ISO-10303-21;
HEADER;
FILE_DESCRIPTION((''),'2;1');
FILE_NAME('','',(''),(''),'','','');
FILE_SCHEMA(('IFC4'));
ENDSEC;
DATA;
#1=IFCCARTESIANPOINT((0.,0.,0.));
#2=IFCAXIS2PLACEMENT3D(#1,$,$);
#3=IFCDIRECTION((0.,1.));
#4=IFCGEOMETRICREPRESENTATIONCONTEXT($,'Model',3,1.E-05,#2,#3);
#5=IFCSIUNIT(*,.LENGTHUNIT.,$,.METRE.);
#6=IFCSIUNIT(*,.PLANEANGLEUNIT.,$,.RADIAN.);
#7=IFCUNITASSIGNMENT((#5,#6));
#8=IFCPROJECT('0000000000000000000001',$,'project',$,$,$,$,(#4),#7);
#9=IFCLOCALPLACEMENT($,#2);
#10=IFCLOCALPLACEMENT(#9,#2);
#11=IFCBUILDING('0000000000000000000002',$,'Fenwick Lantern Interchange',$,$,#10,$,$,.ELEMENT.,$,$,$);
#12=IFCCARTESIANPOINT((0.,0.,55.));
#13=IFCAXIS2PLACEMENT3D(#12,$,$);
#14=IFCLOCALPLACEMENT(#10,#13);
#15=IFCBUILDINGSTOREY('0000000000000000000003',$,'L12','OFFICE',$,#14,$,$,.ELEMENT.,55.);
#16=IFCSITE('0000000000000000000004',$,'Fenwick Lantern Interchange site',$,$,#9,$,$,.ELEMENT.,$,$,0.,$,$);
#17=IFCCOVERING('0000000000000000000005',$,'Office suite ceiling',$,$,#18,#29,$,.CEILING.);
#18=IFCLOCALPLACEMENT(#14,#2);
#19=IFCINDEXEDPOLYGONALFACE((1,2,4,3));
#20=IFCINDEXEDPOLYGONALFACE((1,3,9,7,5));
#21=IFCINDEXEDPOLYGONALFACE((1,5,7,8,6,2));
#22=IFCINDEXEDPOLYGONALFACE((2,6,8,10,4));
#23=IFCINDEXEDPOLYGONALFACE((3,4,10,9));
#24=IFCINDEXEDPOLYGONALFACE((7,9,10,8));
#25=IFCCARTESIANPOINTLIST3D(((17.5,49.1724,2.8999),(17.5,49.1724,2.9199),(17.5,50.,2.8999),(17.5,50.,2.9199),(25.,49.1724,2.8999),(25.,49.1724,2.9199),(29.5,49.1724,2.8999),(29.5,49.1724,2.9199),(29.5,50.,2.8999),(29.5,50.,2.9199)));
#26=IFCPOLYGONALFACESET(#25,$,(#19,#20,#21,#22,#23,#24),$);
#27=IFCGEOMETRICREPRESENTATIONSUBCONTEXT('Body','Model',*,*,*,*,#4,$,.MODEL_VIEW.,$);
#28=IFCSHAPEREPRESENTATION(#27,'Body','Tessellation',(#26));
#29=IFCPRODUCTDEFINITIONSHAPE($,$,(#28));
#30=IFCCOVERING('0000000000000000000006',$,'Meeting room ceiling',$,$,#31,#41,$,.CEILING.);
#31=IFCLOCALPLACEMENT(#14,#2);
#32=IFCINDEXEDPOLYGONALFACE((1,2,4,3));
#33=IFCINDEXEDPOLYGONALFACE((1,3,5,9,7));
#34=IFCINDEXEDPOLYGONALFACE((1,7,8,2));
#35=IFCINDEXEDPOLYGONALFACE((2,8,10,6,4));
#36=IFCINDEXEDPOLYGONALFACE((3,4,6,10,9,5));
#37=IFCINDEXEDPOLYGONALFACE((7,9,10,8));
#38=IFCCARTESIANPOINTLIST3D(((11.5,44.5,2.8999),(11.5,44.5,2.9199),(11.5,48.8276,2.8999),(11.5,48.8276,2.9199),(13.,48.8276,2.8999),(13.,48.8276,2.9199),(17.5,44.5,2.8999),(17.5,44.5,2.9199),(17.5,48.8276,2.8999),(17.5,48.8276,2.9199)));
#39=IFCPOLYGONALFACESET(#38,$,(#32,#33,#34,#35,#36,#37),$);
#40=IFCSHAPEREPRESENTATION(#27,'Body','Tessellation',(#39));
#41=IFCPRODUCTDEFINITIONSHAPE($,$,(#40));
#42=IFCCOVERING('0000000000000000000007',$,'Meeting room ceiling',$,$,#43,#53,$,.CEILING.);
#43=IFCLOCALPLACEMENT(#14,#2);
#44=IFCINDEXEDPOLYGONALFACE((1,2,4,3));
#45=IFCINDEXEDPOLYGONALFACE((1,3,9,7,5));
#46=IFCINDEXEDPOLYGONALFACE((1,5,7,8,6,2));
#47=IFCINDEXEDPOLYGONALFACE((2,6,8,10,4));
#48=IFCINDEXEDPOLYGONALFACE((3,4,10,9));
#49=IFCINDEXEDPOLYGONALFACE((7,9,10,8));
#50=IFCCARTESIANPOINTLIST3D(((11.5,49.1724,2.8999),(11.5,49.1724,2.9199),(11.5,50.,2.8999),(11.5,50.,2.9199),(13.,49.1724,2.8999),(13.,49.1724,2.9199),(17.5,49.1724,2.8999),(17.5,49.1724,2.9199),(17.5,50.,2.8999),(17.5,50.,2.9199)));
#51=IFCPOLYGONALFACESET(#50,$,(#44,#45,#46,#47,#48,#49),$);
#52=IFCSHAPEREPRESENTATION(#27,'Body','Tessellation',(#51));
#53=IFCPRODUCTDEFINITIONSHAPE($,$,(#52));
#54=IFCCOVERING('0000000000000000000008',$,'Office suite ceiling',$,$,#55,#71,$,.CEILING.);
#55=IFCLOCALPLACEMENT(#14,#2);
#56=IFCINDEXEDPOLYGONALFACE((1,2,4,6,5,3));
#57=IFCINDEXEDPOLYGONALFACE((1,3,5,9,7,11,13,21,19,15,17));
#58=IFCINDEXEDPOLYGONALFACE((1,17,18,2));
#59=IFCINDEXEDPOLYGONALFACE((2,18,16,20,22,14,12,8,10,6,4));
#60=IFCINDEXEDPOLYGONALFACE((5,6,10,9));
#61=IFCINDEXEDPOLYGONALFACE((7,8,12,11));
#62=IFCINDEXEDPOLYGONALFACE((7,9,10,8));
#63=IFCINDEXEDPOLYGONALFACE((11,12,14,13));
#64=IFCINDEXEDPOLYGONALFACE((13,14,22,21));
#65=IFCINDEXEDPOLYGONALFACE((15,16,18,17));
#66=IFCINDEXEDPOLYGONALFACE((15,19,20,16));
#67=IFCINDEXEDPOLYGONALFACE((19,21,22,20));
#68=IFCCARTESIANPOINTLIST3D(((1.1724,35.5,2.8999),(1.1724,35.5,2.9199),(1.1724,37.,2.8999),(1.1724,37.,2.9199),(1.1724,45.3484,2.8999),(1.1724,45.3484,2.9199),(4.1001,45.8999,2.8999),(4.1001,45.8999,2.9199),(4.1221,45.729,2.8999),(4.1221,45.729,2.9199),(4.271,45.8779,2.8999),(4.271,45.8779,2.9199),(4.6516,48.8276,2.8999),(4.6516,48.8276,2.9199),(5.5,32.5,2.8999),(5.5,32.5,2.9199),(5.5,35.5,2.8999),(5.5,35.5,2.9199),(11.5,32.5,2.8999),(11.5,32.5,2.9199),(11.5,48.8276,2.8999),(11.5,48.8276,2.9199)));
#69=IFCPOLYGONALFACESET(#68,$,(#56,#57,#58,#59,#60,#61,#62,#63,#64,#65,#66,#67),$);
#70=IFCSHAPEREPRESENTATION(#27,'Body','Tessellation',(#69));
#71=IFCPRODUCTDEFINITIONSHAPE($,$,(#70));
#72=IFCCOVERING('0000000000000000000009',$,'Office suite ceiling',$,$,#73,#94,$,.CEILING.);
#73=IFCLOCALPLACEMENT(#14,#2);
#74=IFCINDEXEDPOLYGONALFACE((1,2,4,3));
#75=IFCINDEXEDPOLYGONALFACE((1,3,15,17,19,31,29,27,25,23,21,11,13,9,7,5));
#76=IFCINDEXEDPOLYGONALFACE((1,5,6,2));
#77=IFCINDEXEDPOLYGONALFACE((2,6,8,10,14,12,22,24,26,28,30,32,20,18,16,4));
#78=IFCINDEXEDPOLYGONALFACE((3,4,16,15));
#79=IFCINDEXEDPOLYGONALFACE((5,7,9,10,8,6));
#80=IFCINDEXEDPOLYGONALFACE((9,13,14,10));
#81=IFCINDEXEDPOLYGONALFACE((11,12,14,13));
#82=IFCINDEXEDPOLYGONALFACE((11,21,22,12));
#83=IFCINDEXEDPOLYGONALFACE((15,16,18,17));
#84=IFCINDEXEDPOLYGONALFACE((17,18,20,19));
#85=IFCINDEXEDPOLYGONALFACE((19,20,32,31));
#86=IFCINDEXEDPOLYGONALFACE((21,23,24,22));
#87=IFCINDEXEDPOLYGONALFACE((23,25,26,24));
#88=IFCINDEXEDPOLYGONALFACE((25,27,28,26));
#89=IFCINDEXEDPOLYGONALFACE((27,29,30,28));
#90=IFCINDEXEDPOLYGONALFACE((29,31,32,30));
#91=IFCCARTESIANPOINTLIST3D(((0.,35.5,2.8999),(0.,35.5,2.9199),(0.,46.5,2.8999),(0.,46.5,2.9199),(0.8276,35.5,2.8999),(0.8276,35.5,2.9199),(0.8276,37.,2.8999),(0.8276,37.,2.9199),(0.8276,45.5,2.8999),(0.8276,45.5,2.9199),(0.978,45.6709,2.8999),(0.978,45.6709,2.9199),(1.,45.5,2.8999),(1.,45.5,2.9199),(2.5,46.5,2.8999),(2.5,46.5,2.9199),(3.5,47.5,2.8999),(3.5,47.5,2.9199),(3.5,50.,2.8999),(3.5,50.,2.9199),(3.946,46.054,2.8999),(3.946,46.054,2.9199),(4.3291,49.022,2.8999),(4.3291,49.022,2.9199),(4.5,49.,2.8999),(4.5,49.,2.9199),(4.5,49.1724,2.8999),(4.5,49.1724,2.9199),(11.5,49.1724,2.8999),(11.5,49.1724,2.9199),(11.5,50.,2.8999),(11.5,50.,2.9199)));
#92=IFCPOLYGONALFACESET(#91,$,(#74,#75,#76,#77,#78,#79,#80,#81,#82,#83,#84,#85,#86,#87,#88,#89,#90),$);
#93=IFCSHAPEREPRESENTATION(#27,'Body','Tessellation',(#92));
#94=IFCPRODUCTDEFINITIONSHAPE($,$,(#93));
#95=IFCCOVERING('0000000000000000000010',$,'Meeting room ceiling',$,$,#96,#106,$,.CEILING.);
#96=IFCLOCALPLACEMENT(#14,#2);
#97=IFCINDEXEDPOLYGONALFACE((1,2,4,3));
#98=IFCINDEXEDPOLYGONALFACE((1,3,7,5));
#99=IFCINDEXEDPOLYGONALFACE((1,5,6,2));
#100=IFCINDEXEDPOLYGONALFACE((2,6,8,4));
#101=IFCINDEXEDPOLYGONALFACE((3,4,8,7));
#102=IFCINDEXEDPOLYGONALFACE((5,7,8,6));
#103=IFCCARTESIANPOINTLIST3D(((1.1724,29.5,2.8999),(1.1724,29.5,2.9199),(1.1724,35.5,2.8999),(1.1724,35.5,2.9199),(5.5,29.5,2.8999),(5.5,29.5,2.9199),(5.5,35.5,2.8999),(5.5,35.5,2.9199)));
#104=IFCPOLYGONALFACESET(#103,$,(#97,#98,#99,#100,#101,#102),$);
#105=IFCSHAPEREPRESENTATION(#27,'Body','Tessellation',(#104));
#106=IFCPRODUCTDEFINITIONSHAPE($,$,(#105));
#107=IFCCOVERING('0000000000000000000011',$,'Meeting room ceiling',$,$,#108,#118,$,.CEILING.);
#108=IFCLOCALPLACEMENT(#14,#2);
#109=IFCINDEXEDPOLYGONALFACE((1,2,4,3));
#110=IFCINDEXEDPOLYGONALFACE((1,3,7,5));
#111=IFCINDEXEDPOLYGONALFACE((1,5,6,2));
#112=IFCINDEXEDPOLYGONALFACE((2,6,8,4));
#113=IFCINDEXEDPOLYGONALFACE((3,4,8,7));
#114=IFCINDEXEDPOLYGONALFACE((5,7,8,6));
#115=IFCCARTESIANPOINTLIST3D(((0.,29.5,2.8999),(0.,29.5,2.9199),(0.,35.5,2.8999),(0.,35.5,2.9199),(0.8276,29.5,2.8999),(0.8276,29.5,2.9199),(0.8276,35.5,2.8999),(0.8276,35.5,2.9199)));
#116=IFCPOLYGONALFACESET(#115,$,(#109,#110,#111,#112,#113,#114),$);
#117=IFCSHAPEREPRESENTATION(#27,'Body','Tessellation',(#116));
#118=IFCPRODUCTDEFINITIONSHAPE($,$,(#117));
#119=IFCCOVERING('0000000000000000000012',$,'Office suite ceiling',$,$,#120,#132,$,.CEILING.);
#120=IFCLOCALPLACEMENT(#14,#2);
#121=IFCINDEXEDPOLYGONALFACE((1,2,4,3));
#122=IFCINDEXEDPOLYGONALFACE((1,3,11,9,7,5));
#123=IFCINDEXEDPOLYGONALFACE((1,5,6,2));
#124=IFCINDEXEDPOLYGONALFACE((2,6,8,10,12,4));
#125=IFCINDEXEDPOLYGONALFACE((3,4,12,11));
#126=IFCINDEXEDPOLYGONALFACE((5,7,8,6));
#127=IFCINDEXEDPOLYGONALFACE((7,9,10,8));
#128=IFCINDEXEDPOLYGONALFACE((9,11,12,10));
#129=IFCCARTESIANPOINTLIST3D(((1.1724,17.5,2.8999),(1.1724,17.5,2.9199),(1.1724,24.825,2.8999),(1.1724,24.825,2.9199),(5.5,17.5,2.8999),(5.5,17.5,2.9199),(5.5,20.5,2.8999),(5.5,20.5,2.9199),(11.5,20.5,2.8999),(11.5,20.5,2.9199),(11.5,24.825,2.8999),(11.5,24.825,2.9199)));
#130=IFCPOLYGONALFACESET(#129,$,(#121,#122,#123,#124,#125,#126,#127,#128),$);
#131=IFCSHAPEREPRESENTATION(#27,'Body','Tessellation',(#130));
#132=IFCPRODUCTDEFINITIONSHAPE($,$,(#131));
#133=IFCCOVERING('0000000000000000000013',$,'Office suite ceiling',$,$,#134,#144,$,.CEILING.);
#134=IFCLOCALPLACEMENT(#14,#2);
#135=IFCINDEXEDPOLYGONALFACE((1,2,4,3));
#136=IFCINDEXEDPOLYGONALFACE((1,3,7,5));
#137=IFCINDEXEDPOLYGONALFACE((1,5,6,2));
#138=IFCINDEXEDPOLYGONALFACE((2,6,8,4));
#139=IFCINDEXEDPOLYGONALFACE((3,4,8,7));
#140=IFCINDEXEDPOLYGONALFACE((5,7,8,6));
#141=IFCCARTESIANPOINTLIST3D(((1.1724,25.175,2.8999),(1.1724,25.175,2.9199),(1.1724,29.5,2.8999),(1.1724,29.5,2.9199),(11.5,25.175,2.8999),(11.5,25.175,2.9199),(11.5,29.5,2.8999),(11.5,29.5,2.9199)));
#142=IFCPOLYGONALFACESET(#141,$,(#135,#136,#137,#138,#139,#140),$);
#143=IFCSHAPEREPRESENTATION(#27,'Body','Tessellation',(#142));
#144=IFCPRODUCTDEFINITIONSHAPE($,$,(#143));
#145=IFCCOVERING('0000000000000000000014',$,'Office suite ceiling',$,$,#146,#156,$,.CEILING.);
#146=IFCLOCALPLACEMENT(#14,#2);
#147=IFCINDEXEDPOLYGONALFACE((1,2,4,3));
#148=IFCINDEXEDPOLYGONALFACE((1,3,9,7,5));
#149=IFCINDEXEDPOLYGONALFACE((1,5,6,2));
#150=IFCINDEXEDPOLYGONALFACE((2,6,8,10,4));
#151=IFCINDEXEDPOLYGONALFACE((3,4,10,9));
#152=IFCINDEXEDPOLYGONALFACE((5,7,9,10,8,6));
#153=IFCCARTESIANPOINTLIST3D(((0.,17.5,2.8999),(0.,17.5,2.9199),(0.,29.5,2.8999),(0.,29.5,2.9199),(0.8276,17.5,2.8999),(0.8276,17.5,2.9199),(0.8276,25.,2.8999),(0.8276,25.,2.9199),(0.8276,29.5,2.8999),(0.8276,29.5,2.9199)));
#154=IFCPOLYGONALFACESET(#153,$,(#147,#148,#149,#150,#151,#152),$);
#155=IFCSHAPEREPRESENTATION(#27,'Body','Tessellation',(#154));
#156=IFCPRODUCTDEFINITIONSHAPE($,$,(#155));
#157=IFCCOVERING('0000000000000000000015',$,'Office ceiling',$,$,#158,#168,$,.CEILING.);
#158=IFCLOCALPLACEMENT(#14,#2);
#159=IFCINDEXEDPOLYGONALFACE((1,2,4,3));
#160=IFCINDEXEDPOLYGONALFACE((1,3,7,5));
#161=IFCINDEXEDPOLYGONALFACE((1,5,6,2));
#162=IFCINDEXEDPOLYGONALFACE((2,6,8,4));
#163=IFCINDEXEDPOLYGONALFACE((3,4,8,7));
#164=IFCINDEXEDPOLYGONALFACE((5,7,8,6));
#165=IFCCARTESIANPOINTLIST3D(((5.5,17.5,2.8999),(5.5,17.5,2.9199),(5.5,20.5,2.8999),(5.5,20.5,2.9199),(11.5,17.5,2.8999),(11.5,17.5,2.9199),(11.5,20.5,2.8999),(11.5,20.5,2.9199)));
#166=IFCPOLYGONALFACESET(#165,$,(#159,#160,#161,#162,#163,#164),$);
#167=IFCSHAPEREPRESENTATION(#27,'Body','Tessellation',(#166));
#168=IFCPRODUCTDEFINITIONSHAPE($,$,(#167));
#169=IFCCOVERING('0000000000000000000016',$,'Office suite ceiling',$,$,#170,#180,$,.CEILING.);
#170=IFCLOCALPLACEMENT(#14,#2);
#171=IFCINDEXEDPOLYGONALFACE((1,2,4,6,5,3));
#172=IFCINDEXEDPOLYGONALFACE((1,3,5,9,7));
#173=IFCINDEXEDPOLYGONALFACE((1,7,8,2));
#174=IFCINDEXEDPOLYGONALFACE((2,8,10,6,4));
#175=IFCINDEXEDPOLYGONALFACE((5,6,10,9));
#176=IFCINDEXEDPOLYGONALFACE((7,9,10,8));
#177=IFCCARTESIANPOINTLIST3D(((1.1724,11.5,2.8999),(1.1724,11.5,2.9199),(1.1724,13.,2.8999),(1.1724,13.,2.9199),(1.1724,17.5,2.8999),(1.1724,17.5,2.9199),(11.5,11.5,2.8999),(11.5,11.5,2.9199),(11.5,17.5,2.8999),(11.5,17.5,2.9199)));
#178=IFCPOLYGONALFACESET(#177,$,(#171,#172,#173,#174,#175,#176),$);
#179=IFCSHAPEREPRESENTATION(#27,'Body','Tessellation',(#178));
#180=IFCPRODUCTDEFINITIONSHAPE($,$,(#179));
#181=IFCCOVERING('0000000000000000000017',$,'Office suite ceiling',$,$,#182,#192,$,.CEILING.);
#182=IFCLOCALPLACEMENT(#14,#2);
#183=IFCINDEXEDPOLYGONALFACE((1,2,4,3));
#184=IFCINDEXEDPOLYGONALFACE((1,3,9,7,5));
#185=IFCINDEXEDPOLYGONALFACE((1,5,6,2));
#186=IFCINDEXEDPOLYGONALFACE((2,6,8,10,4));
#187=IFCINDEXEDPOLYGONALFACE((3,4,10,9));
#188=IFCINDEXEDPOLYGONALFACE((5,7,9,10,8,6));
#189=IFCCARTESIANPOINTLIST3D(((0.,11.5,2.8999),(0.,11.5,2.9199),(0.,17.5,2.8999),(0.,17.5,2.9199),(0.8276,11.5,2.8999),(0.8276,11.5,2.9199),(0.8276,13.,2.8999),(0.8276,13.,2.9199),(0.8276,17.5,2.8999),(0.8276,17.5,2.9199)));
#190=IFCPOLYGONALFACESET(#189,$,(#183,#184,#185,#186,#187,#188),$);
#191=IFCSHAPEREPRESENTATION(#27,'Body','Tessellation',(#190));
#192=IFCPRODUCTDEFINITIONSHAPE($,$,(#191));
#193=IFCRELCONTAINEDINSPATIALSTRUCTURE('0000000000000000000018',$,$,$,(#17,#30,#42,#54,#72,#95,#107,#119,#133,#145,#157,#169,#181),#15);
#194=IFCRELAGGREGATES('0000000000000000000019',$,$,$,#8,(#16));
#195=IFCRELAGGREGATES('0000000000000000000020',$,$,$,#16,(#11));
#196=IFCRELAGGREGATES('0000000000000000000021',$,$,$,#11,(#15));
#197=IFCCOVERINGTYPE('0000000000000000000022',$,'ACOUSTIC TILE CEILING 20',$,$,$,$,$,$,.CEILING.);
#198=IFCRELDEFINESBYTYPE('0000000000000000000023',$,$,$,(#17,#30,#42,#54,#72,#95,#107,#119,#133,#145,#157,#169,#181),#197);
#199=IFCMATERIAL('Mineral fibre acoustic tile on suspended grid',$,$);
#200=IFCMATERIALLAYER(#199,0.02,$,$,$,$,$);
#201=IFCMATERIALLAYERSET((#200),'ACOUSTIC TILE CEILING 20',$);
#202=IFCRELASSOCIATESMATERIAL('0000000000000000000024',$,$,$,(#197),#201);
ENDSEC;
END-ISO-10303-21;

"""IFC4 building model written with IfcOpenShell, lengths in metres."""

from ifc_helpers import new_model, si_unit, direction, frame, origin, place, context, subcontext, project, spatial, polyline, outline, extrude, material, layer, layer_set, type_object, element, save


model = new_model("IFC4")

# Units and contexts
model_context = context("Model", 3, precision=1e-05, world=origin(), true_north=direction((0.0, 1.0)))
body_context = subcontext(model_context, "Body", "Model", "MODEL_VIEW")
ifc_project = project(units=[si_unit("LENGTHUNIT", "METRE"), si_unit("PLANEANGLEUNIT", "RADIAN")], contexts=[model_context])

# Site, building, storey
site_placement = place(None, origin())
site = spatial("IfcSite", under=ifc_project, at=site_placement, Name="Fenwick Lantern Interchange site", CompositionType="ELEMENT", RefElevation=0.0)
building_placement = place(site_placement, origin())
building = spatial("IfcBuilding", under=site, at=building_placement, Name="Fenwick Lantern Interchange", CompositionType="ELEMENT")
storey_placement = place(building_placement, frame((0.0, 0.0, 55.0)))
storey = spatial("IfcBuildingStorey", under=building, at=storey_placement, Name="L12", Description="OFFICE", CompositionType="ELEMENT", Elevation=55.0)

# Coverings
ifc_material_1 = material(Name="Mineral fibre acoustic tile on suspended grid")
ifc_layer_1 = layer(ifc_material_1, 0.02)
ifc_layer_set_1 = layer_set([ifc_layer_1], Name="ACOUSTIC TILE CEILING 20")
covering_type_1 = type_object("IfcCoveringType", Name="ACOUSTIC TILE CEILING 20", PredefinedType="CEILING", material=ifc_layer_set_1)
covering_1_placement = place(storey_placement, frame((0.0, 0.0, 2.8999)))
element("IfcCovering", 1, at=covering_1_placement, inside=storey, type_object=covering_type_1, Name="Office suite ceiling", PredefinedType="CEILING", context=body_context, shape_type="SweptSolid", body=[
    extrude(outline(polyline([(29.5, 49.1724), (29.5, 50.0), (17.5, 50.0), (17.5, 49.1724), (25.0, 49.1724), (29.5, 49.1724)])), origin(), (0.0, 0.0, 1.0), 0.02),
])
covering_2_placement = place(storey_placement, frame((0.0, 0.0, 2.8999)))
element("IfcCovering", 2, at=covering_2_placement, inside=storey, type_object=covering_type_1, Name="Meeting room ceiling", PredefinedType="CEILING", context=body_context, shape_type="SweptSolid", body=[
    extrude(outline(polyline([(17.5, 44.5), (17.5, 48.8276), (13.0, 48.8276), (11.5, 48.8276), (11.5, 44.5), (17.5, 44.5)])), origin(), (0.0, 0.0, 1.0), 0.02),
])
covering_3_placement = place(storey_placement, frame((0.0, 0.0, 2.8999)))
element("IfcCovering", 3, at=covering_3_placement, inside=storey, type_object=covering_type_1, Name="Meeting room ceiling", PredefinedType="CEILING", context=body_context, shape_type="SweptSolid", body=[
    extrude(outline(polyline([(11.5, 50.0), (11.5, 49.1724), (13.0, 49.1724), (17.5, 49.1724), (17.5, 50.0), (11.5, 50.0)])), origin(), (0.0, 0.0, 1.0), 0.02),
])
covering_4_placement = place(storey_placement, frame((0.0, 0.0, 2.8999)))
element("IfcCovering", 4, at=covering_4_placement, inside=storey, type_object=covering_type_1, Name="Office suite ceiling", PredefinedType="CEILING", context=body_context, shape_type="SweptSolid", body=[
    extrude(outline(polyline([(11.5, 32.5), (11.5, 48.8276), (4.6516, 48.8276), (4.271, 45.8779), (4.1001, 45.8999), (4.1221, 45.729), (1.1724, 45.3484), (1.1724, 37.0), (1.1724, 35.5), (5.5, 35.5), (5.5, 32.5), (11.5, 32.5)])), origin(), (0.0, 0.0, 1.0), 0.02),
])
covering_5_placement = place(storey_placement, frame((0.0, 0.0, 2.8999)))
element("IfcCovering", 5, at=covering_5_placement, inside=storey, type_object=covering_type_1, Name="Office suite ceiling", PredefinedType="CEILING", context=body_context, shape_type="SweptSolid", body=[
    extrude(outline(polyline([(3.5, 47.5), (2.5, 46.5), (0.0, 46.5), (0.0, 35.5), (0.8276, 35.5), (0.8276, 37.0), (0.8276, 45.5), (1.0, 45.5), (0.978, 45.6709), (3.946, 46.054), (4.3291, 49.022), (4.5, 49.0), (4.5, 49.1724), (11.5, 49.1724), (11.5, 50.0), (3.5, 50.0), (3.5, 47.5)])), origin(), (0.0, 0.0, 1.0), 0.02),
])
covering_6_placement = place(storey_placement, frame((0.0, 0.0, 2.8999)))
element("IfcCovering", 6, at=covering_6_placement, inside=storey, type_object=covering_type_1, Name="Meeting room ceiling", PredefinedType="CEILING", context=body_context, shape_type="SweptSolid", body=[
    extrude(outline(polyline([(5.5, 35.5), (1.1724, 35.5), (1.1724, 29.5), (5.5, 29.5), (5.5, 35.5)])), origin(), (0.0, 0.0, 1.0), 0.02),
])
covering_7_placement = place(storey_placement, frame((0.0, 0.0, 2.8999)))
element("IfcCovering", 7, at=covering_7_placement, inside=storey, type_object=covering_type_1, Name="Meeting room ceiling", PredefinedType="CEILING", context=body_context, shape_type="SweptSolid", body=[
    extrude(outline(polyline([(0.0, 29.5), (0.8276, 29.5), (0.8276, 35.5), (0.0, 35.5), (0.0, 29.5)])), origin(), (0.0, 0.0, 1.0), 0.02),
])
covering_8_placement = place(storey_placement, frame((0.0, 0.0, 2.8999)))
element("IfcCovering", 8, at=covering_8_placement, inside=storey, type_object=covering_type_1, Name="Office suite ceiling", PredefinedType="CEILING", context=body_context, shape_type="SweptSolid", body=[
    extrude(outline(polyline([(11.5, 20.5), (11.5, 24.825), (1.1724, 24.825), (1.1724, 17.5), (5.5, 17.5), (5.5, 20.5), (11.5, 20.5)])), origin(), (0.0, 0.0, 1.0), 0.02),
])
covering_9_placement = place(storey_placement, frame((0.0, 0.0, 2.8999)))
element("IfcCovering", 9, at=covering_9_placement, inside=storey, type_object=covering_type_1, Name="Office suite ceiling", PredefinedType="CEILING", context=body_context, shape_type="SweptSolid", body=[
    extrude(outline(polyline([(11.5, 29.5), (1.1724, 29.5), (1.1724, 25.175), (11.5, 25.175), (11.5, 29.5)])), origin(), (0.0, 0.0, 1.0), 0.02),
])
covering_10_placement = place(storey_placement, frame((0.0, 0.0, 2.8999)))
element("IfcCovering", 10, at=covering_10_placement, inside=storey, type_object=covering_type_1, Name="Office suite ceiling", PredefinedType="CEILING", context=body_context, shape_type="SweptSolid", body=[
    extrude(outline(polyline([(0.8276, 29.5), (0.0, 29.5), (0.0, 17.5), (0.8276, 17.5), (0.8276, 25.0), (0.8276, 29.5)])), origin(), (0.0, 0.0, 1.0), 0.02),
])
covering_11_placement = place(storey_placement, frame((0.0, 0.0, 2.8999)))
element("IfcCovering", 11, at=covering_11_placement, inside=storey, type_object=covering_type_1, Name="Office ceiling", PredefinedType="CEILING", context=body_context, shape_type="SweptSolid", body=[
    extrude(outline(polyline([(5.5, 20.5), (5.5, 17.5), (11.5, 17.5), (11.5, 20.5), (5.5, 20.5)])), origin(), (0.0, 0.0, 1.0), 0.02),
])
covering_12_placement = place(storey_placement, frame((0.0, 0.0, 2.8999)))
element("IfcCovering", 12, at=covering_12_placement, inside=storey, type_object=covering_type_1, Name="Office suite ceiling", PredefinedType="CEILING", context=body_context, shape_type="SweptSolid", body=[
    extrude(outline(polyline([(11.5, 17.5), (1.1724, 17.5), (1.1724, 13.0), (1.1724, 11.5), (11.5, 11.5), (11.5, 17.5)])), origin(), (0.0, 0.0, 1.0), 0.02),
])
covering_13_placement = place(storey_placement, frame((0.0, 0.0, 2.8999)))
element("IfcCovering", 13, at=covering_13_placement, inside=storey, type_object=covering_type_1, Name="Office suite ceiling", PredefinedType="CEILING", context=body_context, shape_type="SweptSolid", body=[
    extrude(outline(polyline([(0.0, 17.5), (0.0, 11.5), (0.8276, 11.5), (0.8276, 13.0), (0.8276, 17.5), (0.0, 17.5)])), origin(), (0.0, 0.0, 1.0), 0.02),
])

save(model, "model.ifc")
